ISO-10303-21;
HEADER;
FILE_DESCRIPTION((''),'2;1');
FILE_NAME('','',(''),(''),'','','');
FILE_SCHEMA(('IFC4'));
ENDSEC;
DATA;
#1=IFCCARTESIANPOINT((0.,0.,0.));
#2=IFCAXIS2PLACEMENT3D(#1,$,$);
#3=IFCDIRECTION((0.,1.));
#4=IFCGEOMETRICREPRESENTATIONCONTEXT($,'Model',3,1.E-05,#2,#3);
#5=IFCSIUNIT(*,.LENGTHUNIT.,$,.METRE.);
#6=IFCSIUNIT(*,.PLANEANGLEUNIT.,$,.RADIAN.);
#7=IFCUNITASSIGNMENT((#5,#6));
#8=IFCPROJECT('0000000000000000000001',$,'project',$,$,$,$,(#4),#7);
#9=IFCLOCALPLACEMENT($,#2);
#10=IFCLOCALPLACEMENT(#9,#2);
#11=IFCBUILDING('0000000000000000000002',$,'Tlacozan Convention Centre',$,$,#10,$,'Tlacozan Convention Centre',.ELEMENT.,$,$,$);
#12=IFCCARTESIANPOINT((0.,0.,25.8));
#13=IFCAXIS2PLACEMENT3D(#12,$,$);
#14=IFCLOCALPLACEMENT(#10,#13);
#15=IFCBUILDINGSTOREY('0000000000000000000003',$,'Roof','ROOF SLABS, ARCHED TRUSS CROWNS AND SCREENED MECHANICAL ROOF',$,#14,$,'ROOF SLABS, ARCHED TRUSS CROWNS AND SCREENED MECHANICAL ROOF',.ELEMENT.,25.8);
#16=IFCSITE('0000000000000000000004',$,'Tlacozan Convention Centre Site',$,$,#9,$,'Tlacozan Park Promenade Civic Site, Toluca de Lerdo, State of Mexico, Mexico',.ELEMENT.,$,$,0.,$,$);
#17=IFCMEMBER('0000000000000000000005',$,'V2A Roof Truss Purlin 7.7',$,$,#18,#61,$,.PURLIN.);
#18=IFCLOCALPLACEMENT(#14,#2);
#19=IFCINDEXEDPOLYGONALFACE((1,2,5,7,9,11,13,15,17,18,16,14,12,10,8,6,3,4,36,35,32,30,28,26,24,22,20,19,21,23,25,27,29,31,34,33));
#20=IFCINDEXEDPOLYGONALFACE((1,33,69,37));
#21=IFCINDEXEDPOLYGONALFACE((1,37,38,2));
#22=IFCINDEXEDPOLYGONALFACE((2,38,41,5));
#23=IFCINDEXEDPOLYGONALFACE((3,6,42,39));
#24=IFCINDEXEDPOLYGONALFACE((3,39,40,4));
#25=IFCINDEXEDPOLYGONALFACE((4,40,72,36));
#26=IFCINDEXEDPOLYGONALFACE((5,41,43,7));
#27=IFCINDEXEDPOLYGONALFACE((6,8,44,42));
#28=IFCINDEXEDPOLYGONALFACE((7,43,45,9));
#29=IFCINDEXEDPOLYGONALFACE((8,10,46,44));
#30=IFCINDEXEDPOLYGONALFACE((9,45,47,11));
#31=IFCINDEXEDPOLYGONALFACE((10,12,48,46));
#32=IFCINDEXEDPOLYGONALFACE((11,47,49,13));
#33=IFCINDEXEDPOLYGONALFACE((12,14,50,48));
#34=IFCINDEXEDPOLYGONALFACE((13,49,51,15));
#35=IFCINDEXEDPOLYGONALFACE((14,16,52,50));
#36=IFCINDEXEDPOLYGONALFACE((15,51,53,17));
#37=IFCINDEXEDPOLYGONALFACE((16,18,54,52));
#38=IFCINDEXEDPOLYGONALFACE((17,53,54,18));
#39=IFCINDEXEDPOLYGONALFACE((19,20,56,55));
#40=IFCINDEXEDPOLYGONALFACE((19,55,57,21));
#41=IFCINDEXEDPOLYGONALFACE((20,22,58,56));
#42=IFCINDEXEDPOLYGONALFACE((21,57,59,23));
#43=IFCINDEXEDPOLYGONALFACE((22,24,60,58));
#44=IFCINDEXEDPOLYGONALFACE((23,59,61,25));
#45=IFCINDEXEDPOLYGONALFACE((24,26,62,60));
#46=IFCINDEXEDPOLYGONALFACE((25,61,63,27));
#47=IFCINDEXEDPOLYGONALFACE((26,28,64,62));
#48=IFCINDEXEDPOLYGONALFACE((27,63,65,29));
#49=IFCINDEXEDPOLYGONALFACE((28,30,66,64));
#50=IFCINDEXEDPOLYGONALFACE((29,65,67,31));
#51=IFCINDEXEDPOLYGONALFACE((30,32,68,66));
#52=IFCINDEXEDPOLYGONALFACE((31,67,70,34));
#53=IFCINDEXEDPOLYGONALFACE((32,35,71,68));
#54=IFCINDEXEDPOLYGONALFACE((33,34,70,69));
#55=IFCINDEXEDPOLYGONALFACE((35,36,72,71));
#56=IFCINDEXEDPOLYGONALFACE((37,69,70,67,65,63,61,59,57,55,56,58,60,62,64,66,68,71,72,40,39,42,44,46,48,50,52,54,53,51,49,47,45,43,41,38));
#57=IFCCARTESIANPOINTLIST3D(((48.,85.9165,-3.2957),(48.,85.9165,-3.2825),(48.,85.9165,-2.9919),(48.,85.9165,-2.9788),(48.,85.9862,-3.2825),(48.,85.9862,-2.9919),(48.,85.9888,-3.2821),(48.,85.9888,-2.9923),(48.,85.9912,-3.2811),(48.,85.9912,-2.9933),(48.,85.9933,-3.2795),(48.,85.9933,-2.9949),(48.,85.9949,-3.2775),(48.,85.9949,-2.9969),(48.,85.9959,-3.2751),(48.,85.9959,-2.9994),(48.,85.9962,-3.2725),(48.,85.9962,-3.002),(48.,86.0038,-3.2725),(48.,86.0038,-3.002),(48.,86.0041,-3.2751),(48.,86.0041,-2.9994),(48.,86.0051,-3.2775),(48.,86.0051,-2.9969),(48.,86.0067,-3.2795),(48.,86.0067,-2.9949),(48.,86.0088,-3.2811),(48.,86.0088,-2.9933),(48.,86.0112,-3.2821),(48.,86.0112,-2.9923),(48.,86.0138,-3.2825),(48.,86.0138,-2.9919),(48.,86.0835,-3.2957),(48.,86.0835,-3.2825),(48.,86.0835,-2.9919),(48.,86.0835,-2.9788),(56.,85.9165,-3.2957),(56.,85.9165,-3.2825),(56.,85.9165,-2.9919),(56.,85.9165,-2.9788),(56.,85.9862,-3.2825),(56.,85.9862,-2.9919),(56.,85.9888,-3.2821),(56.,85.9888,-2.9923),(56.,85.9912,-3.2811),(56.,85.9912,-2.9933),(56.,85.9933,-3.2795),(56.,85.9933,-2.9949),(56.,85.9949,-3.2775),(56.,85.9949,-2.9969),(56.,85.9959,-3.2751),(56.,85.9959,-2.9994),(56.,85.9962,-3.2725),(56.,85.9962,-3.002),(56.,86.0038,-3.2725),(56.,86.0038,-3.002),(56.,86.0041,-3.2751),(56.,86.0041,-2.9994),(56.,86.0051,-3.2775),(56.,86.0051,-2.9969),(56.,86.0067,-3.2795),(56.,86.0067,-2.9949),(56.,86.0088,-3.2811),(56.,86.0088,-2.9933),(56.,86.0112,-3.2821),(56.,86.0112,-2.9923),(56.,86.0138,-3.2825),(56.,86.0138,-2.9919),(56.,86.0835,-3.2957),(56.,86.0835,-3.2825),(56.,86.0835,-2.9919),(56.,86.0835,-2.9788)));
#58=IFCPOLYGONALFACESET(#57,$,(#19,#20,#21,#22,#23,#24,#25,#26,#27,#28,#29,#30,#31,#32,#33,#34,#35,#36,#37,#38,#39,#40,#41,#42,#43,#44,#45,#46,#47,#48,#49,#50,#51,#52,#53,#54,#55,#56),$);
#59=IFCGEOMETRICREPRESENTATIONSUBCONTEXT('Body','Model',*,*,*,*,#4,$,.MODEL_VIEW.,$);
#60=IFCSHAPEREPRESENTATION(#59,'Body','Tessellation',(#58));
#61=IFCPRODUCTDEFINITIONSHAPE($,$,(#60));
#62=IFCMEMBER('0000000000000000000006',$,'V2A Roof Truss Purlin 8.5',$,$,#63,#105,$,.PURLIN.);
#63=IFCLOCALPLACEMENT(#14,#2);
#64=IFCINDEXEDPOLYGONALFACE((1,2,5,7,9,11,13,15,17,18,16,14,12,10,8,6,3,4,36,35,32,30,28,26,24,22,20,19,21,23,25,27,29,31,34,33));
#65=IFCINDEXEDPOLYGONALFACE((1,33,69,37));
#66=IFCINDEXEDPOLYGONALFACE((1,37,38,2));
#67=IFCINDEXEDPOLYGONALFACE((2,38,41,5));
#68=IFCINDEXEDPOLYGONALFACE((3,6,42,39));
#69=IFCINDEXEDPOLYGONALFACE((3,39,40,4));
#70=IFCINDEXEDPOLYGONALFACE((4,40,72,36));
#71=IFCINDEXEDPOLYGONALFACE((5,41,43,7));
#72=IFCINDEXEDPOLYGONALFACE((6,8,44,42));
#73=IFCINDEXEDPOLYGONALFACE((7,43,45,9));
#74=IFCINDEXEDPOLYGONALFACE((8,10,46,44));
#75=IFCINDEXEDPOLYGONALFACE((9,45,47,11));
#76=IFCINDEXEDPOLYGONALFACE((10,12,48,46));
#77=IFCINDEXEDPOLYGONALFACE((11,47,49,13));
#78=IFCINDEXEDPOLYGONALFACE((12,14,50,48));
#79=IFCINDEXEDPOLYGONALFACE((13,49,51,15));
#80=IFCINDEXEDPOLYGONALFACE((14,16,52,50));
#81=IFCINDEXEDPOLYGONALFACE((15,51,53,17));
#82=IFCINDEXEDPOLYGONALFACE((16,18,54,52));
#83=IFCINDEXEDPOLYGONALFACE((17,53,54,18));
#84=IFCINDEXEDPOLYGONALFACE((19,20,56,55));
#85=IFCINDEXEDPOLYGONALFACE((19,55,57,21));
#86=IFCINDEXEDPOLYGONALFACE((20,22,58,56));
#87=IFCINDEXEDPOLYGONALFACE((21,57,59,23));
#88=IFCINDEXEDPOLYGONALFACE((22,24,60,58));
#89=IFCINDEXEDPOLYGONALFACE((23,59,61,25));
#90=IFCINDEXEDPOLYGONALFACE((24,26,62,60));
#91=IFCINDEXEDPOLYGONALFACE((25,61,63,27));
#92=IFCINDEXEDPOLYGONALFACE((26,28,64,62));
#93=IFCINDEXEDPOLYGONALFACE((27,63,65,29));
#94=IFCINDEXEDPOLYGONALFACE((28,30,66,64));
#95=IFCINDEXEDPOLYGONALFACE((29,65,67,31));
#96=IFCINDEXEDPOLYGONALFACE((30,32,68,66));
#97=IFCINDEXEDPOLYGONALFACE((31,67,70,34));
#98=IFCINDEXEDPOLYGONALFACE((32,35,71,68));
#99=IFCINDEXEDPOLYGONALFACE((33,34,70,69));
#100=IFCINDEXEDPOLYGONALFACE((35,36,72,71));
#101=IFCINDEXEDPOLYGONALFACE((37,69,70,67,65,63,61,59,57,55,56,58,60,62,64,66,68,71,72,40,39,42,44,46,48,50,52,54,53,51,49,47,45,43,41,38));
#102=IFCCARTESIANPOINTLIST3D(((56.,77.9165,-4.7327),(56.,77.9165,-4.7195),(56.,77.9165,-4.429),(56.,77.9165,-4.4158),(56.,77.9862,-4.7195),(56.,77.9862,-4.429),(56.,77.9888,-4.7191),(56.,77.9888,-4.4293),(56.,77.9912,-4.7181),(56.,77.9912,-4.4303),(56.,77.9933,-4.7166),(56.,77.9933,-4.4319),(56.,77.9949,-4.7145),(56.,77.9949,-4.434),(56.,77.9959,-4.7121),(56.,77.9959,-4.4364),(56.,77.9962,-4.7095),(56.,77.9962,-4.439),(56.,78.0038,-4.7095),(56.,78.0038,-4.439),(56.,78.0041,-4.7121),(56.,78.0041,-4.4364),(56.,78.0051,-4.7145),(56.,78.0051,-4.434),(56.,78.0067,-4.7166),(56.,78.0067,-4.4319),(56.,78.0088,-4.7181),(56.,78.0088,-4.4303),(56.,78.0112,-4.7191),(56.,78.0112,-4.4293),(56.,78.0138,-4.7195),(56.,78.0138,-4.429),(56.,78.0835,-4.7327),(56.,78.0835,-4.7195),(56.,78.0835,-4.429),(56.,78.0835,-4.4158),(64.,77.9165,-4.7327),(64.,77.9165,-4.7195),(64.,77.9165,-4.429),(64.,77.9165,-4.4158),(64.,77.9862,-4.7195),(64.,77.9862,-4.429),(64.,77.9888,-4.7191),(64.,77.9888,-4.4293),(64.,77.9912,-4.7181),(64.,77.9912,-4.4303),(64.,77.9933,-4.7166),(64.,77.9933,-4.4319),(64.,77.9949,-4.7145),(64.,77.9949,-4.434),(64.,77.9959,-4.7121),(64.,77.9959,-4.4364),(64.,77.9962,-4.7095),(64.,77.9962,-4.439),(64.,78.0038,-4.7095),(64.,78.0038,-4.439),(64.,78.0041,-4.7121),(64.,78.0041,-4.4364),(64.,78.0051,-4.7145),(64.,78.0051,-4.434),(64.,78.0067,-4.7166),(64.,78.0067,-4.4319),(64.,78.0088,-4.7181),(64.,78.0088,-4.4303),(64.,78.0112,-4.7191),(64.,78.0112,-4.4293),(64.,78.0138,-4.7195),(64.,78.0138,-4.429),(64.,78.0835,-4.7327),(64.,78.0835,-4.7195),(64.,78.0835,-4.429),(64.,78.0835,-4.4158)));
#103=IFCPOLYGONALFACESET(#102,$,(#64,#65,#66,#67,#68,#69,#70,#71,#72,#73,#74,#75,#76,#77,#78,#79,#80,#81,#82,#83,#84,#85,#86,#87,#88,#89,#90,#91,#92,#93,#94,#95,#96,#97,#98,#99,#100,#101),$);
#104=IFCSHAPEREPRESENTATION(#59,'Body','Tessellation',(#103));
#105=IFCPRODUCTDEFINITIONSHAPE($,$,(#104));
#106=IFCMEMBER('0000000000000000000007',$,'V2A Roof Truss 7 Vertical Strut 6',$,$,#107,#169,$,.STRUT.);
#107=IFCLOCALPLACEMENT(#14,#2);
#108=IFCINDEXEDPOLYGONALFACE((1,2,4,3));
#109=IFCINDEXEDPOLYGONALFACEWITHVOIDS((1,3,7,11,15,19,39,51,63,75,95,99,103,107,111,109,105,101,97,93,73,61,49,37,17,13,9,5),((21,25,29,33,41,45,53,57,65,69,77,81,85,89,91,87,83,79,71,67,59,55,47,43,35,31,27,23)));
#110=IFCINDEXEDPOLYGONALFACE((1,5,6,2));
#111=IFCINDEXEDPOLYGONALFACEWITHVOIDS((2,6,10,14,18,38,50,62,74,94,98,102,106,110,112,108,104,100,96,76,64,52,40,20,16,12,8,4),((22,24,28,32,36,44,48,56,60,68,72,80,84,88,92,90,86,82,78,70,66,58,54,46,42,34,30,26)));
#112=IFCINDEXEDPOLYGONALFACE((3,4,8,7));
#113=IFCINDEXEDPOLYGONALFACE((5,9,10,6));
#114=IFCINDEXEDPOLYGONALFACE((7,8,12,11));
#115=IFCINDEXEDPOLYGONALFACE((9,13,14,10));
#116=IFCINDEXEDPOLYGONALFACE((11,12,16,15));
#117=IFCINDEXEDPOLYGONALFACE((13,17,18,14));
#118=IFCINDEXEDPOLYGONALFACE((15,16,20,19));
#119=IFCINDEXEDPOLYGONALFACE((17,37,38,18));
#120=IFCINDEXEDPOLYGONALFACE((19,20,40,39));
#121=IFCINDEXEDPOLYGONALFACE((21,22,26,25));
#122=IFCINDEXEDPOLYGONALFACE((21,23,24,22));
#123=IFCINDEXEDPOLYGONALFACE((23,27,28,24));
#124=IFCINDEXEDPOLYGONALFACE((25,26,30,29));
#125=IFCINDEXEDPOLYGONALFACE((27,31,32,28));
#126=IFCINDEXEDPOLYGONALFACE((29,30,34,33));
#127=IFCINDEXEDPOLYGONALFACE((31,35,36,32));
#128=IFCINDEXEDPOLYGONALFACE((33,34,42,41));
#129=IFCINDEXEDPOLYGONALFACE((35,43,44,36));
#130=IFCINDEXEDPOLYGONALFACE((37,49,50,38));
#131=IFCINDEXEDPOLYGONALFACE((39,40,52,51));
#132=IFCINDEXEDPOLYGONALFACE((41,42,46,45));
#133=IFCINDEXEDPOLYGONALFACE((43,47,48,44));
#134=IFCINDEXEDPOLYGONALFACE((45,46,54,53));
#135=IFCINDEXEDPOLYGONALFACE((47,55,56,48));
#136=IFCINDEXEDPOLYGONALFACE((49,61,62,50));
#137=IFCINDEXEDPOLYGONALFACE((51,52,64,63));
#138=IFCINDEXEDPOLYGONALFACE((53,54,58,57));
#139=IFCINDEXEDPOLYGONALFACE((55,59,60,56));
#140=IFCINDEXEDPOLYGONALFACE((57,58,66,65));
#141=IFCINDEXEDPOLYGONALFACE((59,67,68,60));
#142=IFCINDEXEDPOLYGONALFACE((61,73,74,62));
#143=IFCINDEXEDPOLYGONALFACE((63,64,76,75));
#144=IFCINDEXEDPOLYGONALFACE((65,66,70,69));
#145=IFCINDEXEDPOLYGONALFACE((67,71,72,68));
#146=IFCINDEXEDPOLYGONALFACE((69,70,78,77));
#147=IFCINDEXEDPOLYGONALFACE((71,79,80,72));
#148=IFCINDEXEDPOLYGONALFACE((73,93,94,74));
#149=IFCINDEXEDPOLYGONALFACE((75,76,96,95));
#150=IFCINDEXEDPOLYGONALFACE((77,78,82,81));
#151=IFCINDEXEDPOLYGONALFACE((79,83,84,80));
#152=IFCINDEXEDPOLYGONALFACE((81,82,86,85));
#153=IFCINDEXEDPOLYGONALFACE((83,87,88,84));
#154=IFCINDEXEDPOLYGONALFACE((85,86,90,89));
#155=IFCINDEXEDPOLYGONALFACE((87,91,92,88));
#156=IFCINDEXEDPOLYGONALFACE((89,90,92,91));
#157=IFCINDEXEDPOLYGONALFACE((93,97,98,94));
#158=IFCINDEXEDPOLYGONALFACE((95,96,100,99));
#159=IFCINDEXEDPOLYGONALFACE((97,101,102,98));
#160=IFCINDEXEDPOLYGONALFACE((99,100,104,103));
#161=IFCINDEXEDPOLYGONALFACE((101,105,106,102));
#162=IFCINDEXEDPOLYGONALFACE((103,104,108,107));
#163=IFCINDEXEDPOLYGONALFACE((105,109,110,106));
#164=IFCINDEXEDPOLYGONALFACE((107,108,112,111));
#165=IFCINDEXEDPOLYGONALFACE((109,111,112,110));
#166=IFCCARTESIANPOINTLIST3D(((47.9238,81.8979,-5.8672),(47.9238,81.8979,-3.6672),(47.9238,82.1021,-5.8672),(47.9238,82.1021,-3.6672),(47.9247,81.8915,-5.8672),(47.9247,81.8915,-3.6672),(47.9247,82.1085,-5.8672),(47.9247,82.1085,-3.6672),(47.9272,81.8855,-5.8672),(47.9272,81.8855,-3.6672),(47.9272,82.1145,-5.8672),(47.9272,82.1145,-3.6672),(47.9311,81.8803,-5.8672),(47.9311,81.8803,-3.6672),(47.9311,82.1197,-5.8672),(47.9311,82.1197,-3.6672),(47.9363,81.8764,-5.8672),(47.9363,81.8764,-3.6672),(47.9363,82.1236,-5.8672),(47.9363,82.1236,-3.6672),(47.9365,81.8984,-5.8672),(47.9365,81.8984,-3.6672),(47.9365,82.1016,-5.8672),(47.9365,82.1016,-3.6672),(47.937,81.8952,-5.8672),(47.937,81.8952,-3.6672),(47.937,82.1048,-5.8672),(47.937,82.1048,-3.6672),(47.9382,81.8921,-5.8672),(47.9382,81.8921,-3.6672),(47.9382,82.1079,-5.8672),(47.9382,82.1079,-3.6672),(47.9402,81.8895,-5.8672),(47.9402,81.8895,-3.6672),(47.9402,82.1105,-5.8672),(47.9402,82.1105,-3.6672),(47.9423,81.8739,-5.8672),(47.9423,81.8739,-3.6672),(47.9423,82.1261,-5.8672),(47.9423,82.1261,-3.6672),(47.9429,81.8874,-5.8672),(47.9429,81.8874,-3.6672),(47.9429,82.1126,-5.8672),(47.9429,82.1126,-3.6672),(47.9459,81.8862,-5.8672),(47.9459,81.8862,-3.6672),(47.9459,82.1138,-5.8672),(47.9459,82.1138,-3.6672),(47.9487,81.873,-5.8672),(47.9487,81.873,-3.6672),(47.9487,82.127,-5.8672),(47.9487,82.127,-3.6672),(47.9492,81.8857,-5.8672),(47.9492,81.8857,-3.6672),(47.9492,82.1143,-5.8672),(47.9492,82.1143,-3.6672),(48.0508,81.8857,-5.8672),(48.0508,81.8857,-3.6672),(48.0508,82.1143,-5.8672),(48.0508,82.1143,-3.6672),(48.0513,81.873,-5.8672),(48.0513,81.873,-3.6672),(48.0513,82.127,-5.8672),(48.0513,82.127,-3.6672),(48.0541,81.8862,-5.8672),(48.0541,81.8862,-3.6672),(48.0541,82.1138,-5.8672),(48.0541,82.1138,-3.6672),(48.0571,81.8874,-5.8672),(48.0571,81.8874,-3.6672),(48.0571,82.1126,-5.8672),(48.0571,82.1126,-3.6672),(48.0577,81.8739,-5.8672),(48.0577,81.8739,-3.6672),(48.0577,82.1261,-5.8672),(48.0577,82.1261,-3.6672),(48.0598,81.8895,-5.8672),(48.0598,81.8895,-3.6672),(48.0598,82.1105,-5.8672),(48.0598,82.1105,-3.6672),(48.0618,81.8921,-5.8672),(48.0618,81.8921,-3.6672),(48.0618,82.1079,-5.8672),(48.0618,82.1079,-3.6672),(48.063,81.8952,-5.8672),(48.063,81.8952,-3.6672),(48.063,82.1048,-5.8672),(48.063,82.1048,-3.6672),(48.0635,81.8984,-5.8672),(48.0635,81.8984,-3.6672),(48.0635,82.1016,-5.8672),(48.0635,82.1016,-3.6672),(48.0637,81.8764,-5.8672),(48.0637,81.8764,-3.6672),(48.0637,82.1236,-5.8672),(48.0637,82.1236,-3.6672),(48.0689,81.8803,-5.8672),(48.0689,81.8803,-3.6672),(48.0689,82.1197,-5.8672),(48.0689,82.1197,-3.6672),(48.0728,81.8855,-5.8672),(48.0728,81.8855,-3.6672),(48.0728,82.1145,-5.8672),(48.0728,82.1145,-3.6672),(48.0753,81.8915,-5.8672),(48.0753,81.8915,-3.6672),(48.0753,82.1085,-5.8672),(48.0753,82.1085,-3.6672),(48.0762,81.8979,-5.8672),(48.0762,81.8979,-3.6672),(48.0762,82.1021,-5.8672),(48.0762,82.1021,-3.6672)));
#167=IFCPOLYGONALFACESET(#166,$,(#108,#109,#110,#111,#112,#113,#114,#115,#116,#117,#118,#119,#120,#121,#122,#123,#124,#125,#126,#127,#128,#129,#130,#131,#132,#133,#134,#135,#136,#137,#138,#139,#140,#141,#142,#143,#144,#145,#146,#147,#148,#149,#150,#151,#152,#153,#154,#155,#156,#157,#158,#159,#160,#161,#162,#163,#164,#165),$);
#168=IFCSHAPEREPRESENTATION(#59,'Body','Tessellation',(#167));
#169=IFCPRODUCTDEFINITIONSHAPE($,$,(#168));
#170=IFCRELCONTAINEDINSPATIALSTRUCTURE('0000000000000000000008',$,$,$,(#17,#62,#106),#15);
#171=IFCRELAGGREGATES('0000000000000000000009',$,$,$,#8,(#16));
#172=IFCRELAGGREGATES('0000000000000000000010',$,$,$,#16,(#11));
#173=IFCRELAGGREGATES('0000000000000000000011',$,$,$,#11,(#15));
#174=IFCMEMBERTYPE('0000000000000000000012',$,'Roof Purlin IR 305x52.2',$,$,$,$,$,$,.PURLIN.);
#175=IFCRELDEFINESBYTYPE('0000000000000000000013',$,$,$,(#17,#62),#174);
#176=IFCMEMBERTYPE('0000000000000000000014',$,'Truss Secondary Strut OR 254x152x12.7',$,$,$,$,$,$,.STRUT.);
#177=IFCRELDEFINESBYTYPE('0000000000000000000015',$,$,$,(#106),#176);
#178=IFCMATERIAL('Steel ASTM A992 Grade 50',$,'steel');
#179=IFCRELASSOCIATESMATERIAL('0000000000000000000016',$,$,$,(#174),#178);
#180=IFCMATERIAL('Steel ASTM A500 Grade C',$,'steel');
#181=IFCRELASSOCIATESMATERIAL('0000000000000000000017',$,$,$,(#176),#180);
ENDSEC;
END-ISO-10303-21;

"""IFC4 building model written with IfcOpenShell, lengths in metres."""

from ifc_helpers import new_model, si_unit, direction, frame, origin, origin_2d, place, context, subcontext, project, spatial, hollow_rectangle, i_section, extrude, material, material_profile, profile_set, type_object, element, save


model = new_model("IFC4")

# Units and contexts
model_context = context("Model", 3, precision=1e-05, world=origin(), true_north=direction((0.0, 1.0)))
body_context = subcontext(model_context, "Body", "Model", "MODEL_VIEW")
ifc_project = project(units=[si_unit("LENGTHUNIT", "METRE"), si_unit("PLANEANGLEUNIT", "RADIAN")], contexts=[model_context])

# Site, building, storey
site_placement = place(None, origin())
site = spatial("IfcSite", under=ifc_project, at=site_placement, Name="Tlacozan Convention Centre Site", LongName="Tlacozan Park Promenade Civic Site, Toluca de Lerdo, State of Mexico, Mexico", CompositionType="ELEMENT", RefElevation=0.0)
building_placement = place(site_placement, origin())
building = spatial("IfcBuilding", under=site, at=building_placement, Name="Tlacozan Convention Centre", LongName="Tlacozan Convention Centre", CompositionType="ELEMENT")
storey_placement = place(building_placement, frame((0.0, 0.0, 25.8)))
storey = spatial("IfcBuildingStorey", under=building, at=storey_placement, Name="Roof", Description="ROOF SLABS, ARCHED TRUSS CROWNS AND SCREENED MECHANICAL ROOF", LongName="ROOF SLABS, ARCHED TRUSS CROWNS AND SCREENED MECHANICAL ROOF", CompositionType="ELEMENT", Elevation=25.8)

# Members
ifc_material_1 = material(Name="Steel ASTM A500 Grade C", Category="steel")
ifc_material_2 = material(Name="Steel ASTM A992 Grade 50", Category="steel")
ifc_material_profile_1 = material_profile(ifc_material_2, i_section(OverallWidth=0.167, OverallDepth=0.3169, WebThickness=0.0076, FlangeThickness=0.0132, FilletRadius=0.01, at=origin_2d()), Name="IR 305x52.2")
ifc_profile_set_1 = profile_set([ifc_material_profile_1], Name="Steel ASTM A992 Grade 50")
member_type_1 = type_object("IfcMemberType", Name="Roof Purlin IR 305x52.2", PredefinedType="PURLIN", material=ifc_profile_set_1)
for number, where, z_axis, x_axis, name in (
    (1, (48.0, 86.0, -3.1372), (1.0, 0.0, 0.0), (0.0, 1.0, 0.0), "V2A Roof Truss Purlin 7.7"),
    (2, (56.0, 78.0, -4.5742), (1.0, 0.0, 0.0), (0.0, 1.0, 0.0), "V2A Roof Truss Purlin 8.5"),
):
    element("IfcMember", number, at=place(storey_placement, frame(where, z_axis=z_axis, x_axis=x_axis)), inside=storey, type_object=member_type_1, Name=name, PredefinedType="PURLIN", context=body_context, shape_type="SweptSolid", body=[
        extrude(i_section(OverallWidth=0.167, OverallDepth=0.3169, WebThickness=0.0076, FlangeThickness=0.0132, FilletRadius=0.01, at=origin_2d()), origin(), (0.0, 0.0, 1.0), 8.0),
    ])
ifc_material_profile_2 = material_profile(ifc_material_1, hollow_rectangle(XDim=0.1523, YDim=0.2539, WallThickness=0.0127, InnerFilletRadius=0.0127, OuterFilletRadius=0.0249, at=origin_2d()), Name="OR 254x152x12.7")
ifc_profile_set_2 = profile_set([ifc_material_profile_2], Name="Steel ASTM A500 Grade C")
member_type_2 = type_object("IfcMemberType", Name="Truss Secondary Strut OR 254x152x12.7", PredefinedType="STRUT", material=ifc_profile_set_2)
for number, where, z_axis, x_axis, name in (
    (3, (48.0, 82.0, -5.8672), (0.0, 0.0, 1.0), (1.0, 0.0, 0.0), "V2A Roof Truss 7 Vertical Strut 6"),
):
    element("IfcMember", number, at=place(storey_placement, frame(where, z_axis=z_axis, x_axis=x_axis)), inside=storey, type_object=member_type_2, Name=name, PredefinedType="STRUT", context=body_context, shape_type="SweptSolid", body=[
        extrude(hollow_rectangle(XDim=0.1523, YDim=0.2539, WallThickness=0.0127, InnerFilletRadius=0.0127, OuterFilletRadius=0.0249, at=origin_2d()), origin(), (0.0, 0.0, 1.0), 2.2),
    ])

save(model, "model.ifc")
